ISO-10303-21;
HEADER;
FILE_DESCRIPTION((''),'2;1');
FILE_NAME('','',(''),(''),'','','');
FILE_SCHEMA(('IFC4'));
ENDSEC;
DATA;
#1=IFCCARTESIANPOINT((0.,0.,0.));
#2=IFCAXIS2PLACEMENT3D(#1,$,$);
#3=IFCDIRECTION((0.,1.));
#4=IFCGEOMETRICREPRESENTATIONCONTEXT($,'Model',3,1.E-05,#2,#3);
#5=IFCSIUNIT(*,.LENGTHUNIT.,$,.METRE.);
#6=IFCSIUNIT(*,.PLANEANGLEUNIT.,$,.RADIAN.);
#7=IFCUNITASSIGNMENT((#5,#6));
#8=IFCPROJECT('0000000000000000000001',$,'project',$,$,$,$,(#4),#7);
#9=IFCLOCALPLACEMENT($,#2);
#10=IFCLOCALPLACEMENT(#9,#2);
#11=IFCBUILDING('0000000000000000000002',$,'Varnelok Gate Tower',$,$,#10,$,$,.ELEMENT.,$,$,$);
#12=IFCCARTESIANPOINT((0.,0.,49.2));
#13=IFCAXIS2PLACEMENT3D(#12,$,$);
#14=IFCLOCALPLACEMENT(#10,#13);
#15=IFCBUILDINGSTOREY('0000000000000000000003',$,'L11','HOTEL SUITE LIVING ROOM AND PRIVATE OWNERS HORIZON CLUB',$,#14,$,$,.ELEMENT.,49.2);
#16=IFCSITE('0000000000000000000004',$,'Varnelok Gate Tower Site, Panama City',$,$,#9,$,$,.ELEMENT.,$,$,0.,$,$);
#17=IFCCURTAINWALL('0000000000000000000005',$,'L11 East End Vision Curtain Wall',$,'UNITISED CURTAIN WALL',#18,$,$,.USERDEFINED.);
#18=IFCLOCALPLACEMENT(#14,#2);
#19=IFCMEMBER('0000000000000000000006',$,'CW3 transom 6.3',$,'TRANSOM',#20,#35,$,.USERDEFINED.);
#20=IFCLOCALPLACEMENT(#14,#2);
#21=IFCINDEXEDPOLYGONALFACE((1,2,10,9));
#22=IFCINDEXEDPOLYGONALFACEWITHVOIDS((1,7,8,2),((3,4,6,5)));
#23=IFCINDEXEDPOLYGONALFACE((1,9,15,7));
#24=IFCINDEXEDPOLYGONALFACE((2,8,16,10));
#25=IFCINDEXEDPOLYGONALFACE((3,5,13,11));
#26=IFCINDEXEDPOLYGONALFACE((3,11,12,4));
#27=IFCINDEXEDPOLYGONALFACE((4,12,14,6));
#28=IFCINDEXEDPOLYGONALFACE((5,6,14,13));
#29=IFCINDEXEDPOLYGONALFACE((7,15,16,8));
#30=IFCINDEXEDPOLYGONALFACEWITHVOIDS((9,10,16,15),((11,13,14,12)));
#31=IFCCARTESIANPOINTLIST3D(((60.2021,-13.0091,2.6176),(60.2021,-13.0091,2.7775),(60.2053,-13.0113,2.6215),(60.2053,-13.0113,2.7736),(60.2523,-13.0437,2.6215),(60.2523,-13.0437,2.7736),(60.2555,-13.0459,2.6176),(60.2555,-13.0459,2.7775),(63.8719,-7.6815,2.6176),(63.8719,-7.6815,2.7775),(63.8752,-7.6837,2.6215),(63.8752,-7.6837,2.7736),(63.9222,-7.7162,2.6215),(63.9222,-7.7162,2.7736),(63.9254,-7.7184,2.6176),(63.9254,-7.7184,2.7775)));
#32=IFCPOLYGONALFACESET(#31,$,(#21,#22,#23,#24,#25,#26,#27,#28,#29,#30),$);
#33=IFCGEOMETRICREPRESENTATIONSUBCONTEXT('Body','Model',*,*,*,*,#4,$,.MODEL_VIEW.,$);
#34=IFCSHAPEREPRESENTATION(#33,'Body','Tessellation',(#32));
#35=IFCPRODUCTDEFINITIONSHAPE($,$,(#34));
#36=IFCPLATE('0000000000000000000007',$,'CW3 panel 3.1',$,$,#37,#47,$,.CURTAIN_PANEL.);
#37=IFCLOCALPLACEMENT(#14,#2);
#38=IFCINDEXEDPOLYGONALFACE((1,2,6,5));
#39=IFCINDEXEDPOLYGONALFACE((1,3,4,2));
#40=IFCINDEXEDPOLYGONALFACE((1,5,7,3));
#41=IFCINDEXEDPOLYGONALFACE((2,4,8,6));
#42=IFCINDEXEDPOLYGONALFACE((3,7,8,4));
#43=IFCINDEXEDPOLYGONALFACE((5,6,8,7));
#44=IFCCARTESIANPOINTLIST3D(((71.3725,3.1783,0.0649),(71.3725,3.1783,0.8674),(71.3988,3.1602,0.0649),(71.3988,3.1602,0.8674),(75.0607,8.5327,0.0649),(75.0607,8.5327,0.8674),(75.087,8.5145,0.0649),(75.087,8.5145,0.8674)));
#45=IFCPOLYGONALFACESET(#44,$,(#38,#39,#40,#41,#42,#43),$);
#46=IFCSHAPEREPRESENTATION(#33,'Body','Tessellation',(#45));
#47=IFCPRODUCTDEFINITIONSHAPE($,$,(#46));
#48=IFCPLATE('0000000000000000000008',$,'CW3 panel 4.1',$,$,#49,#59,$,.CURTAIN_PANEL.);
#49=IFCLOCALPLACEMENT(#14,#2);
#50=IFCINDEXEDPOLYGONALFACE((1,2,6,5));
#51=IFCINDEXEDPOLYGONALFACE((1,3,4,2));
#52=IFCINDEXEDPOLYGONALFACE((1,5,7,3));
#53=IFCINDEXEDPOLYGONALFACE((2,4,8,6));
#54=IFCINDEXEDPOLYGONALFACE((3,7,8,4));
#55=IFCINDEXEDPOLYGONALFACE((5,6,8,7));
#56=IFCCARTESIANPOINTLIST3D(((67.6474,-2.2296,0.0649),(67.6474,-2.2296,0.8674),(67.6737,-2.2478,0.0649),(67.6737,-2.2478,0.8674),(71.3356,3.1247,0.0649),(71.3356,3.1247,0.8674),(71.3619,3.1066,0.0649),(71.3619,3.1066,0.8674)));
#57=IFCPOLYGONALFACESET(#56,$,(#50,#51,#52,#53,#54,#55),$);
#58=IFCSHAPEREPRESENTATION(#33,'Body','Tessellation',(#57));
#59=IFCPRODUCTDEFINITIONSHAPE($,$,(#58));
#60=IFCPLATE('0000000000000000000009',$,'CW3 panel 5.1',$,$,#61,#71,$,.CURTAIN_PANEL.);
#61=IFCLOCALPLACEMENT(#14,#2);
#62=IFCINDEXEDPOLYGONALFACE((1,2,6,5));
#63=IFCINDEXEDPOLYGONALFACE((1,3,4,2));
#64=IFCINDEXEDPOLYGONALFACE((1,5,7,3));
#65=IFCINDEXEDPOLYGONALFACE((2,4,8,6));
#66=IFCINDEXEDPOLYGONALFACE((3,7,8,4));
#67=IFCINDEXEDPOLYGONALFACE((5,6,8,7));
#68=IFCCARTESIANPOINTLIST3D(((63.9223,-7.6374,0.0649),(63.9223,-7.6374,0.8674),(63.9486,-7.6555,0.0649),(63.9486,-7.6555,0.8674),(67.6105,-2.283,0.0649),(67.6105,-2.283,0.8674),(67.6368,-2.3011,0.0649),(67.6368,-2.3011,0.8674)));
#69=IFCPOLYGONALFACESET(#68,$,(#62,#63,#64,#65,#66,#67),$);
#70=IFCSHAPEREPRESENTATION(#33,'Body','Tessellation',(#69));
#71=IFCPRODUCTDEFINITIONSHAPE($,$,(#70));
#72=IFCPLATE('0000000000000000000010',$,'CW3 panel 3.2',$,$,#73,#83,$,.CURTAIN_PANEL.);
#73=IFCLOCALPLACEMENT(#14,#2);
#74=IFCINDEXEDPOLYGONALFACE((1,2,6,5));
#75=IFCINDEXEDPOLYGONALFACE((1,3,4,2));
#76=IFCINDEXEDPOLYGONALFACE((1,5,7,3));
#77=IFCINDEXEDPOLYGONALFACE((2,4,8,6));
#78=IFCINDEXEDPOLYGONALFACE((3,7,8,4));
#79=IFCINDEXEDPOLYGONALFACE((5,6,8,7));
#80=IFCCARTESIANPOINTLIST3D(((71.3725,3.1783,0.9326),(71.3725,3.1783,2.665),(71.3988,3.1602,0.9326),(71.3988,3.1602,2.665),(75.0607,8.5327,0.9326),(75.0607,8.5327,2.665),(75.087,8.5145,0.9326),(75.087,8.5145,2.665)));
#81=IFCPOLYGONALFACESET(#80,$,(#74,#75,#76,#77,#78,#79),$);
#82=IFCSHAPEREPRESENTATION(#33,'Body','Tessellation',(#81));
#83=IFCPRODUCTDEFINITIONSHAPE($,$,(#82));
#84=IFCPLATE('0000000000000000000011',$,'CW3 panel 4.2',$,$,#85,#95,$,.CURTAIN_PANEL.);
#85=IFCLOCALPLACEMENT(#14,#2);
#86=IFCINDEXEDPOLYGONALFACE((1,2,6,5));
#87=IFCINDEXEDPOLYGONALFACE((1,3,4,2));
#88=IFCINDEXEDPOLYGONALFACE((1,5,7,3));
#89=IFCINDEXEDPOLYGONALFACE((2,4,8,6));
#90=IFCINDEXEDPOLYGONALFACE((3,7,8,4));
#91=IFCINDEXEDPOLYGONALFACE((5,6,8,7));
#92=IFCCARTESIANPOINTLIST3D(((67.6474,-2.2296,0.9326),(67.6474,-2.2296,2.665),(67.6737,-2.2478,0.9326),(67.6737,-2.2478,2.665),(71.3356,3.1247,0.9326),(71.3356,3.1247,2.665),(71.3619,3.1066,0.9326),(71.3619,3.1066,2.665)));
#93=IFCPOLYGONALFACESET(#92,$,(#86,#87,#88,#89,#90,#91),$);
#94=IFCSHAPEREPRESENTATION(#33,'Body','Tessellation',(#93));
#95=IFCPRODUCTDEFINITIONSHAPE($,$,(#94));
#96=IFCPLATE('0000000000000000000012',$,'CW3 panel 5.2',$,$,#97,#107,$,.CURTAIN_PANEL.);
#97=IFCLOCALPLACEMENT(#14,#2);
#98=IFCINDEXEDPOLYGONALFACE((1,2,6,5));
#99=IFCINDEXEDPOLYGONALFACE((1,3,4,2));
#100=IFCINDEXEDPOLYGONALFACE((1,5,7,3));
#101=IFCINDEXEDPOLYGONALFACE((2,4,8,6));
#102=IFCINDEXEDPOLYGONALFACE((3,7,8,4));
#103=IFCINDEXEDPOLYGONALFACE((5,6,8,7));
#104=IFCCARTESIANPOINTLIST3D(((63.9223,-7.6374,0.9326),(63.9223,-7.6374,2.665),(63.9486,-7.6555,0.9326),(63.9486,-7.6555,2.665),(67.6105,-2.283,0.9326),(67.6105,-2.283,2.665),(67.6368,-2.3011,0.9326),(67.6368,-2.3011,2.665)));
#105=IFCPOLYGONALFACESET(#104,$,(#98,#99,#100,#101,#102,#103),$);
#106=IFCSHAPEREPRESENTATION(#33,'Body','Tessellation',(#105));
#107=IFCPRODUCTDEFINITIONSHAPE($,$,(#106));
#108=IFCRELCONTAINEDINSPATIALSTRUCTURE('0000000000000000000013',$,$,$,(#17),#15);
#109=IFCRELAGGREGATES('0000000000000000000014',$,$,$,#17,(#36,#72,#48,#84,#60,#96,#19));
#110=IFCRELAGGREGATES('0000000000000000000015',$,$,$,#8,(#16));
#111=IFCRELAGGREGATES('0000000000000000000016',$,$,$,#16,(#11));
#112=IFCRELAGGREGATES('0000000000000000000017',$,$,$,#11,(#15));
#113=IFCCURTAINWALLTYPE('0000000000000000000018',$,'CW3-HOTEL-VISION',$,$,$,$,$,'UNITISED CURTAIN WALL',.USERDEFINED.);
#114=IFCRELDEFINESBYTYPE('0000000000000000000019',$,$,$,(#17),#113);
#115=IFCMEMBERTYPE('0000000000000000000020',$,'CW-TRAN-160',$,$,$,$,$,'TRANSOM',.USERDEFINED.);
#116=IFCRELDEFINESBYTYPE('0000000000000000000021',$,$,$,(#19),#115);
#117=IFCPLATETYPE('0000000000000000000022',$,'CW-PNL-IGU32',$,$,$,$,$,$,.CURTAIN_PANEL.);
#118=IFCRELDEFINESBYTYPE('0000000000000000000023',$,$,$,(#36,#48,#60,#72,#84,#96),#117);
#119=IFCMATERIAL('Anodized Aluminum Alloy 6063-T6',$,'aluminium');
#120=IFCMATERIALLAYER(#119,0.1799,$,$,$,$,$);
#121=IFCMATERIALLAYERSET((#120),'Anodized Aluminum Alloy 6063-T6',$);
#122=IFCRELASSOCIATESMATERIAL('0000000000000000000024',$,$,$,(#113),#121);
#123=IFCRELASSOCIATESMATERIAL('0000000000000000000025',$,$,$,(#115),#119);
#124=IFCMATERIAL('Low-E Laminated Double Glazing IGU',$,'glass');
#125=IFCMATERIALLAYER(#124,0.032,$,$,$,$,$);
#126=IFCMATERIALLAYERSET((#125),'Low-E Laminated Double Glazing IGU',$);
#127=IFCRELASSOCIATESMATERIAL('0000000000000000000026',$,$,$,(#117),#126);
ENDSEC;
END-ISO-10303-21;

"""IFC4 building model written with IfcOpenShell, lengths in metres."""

from ifc_helpers import new_model, si_unit, direction, frame, origin, origin_2d, place, context, subcontext, project, spatial, rectangle, hollow_rectangle, extrude, source, transform, mapped, material, layer, layer_set, material_profile, profile_set, type_object, element, aggregate, save


model = new_model("IFC4")

# Units and contexts
model_context = context("Model", 3, precision=1e-05, world=origin(), true_north=direction((0.0, 1.0)))
body_context = subcontext(model_context, "Body", "Model", "MODEL_VIEW")
ifc_project = project(units=[si_unit("LENGTHUNIT", "METRE"), si_unit("PLANEANGLEUNIT", "RADIAN")], contexts=[model_context])

# Site, building, storey
site_placement = place(None, origin())
site = spatial("IfcSite", under=ifc_project, at=site_placement, Name="Varnelok Gate Tower Site, Panama City", CompositionType="ELEMENT", RefElevation=0.0)
building_placement = place(site_placement, origin())
building = spatial("IfcBuilding", under=site, at=building_placement, Name="Varnelok Gate Tower", CompositionType="ELEMENT")
storey_placement = place(building_placement, frame((0.0, 0.0, 49.2)))
storey = spatial("IfcBuildingStorey", under=building, at=storey_placement, Name="L11", Description="HOTEL SUITE LIVING ROOM AND PRIVATE OWNERS HORIZON CLUB", CompositionType="ELEMENT", Elevation=49.2)

# Curtain wall, member, plates
ifc_material_1 = material(Name="Anodized Aluminum Alloy 6063-T6", Category="aluminium")
ifc_layer_1 = layer(ifc_material_1, 0.1799)
ifc_layer_set_1 = layer_set([ifc_layer_1], Name="Anodized Aluminum Alloy 6063-T6")
curtain_wall_type = type_object("IfcCurtainWallType", Name="CW3-HOTEL-VISION", ElementType="UNITISED CURTAIN WALL", PredefinedType="USERDEFINED", material=ifc_layer_set_1)
curtain_wall_placement = place(storey_placement, origin())
curtain_wall = element("IfcCurtainWall", 1, at=curtain_wall_placement, inside=storey, type_object=curtain_wall_type, Name="L11 East End Vision Curtain Wall", ObjectType="UNITISED CURTAIN WALL", PredefinedType="USERDEFINED")
ifc_material_profile_1 = material_profile(ifc_material_1, hollow_rectangle(XDim=0.0649, YDim=0.1599, WallThickness=0.0039, at=origin_2d()), Name="ALU160X65X4")
ifc_profile_set_1 = profile_set([ifc_material_profile_1], Name="Anodized Aluminum Alloy 6063-T6")
member_type_1 = type_object("IfcMemberType", Name="CW-TRAN-160", ElementType="TRANSOM", PredefinedType="USERDEFINED", material=ifc_profile_set_1)
member_1_placement = place(storey_placement, frame((63.8987, -7.7, 2.6975), z_axis=(-0.567281, -0.823524, 0.0), x_axis=(0.823524, -0.567281, 0.0)))
member_1 = element("IfcMember", 2, at=member_1_placement, type_object=member_type_1, Name="CW3 transom 6.3", ObjectType="TRANSOM", PredefinedType="USERDEFINED", context=body_context, shape_type="SweptSolid", body=[
    extrude(hollow_rectangle(XDim=0.0649, YDim=0.1599, WallThickness=0.0039, at=origin_2d()), origin(), (0.0, 0.0, 1.0), 6.4692),
])
ifc_material_2 = material(Name="Low-E Laminated Double Glazing IGU", Category="glass")
ifc_layer_2 = layer(ifc_material_2, 0.032)
ifc_layer_set_2 = layer_set([ifc_layer_2], Name="Low-E Laminated Double Glazing IGU")
plate_type = type_object("IfcPlateType", Name="CW-PNL-IGU32", PredefinedType="CURTAIN_PANEL", material=ifc_layer_set_2)
shared_shape_1 = source(origin(), body_context, "Body", "SweptSolid", [
    extrude(rectangle(XDim=6.5017, YDim=0.032, at=origin_2d()), origin(), (0.0, 0.0, 1.0), 0.8025),
])
plate_1_placement = place(storey_placement, frame((73.2297, 5.8464, 0.0649), z_axis=(0.0, 0.0, 1.0), x_axis=(-0.567269, -0.823533, 0.0)))
plate_1 = element("IfcPlate", 3, at=plate_1_placement, type_object=plate_type, Name="CW3 panel 3.1", PredefinedType="CURTAIN_PANEL", context=body_context, shape_type="MappedRepresentation", body=[
    mapped(shared_shape_1, transform((0.0, 0.0, 0.0), scale=1.0)),
])
plate_2_placement = place(storey_placement, frame((69.5046, 0.4385, 0.0649), z_axis=(0.0, 0.0, 1.0), x_axis=(-0.567269, -0.823533, 0.0)))
plate_2 = element("IfcPlate", 4, at=plate_2_placement, type_object=plate_type, Name="CW3 panel 4.1", PredefinedType="CURTAIN_PANEL", context=body_context, shape_type="MappedRepresentation", body=[
    mapped(shared_shape_1, transform((0.0, 0.0, 0.0), scale=1.0)),
])
plate_3_placement = place(storey_placement, frame((65.7795, -4.9692, 0.0649), z_axis=(0.0, 0.0, 1.0), x_axis=(-0.567269, -0.823533, 0.0)))
plate_3 = element("IfcPlate", 5, at=plate_3_placement, type_object=plate_type, Name="CW3 panel 5.1", PredefinedType="CURTAIN_PANEL", context=body_context, shape_type="MappedRepresentation", body=[
    mapped(shared_shape_1, transform((0.0, 0.0, 0.0), scale=1.0)),
])
shared_shape_2 = source(origin(), body_context, "Body", "SweptSolid", [
    extrude(rectangle(XDim=6.5017, YDim=0.032, at=origin_2d()), origin(), (0.0, 0.0, 1.0), 1.7324),
])
plate_4_placement = place(storey_placement, frame((73.2297, 5.8464, 0.9326), z_axis=(0.0, 0.0, 1.0), x_axis=(-0.567269, -0.823533, 0.0)))
plate_4 = element("IfcPlate", 6, at=plate_4_placement, type_object=plate_type, Name="CW3 panel 3.2", PredefinedType="CURTAIN_PANEL", context=body_context, shape_type="MappedRepresentation", body=[
    mapped(shared_shape_2, transform((0.0, 0.0, 0.0), scale=1.0)),
])
plate_5_placement = place(storey_placement, frame((69.5046, 0.4385, 0.9326), z_axis=(0.0, 0.0, 1.0), x_axis=(-0.567269, -0.823533, 0.0)))
plate_5 = element("IfcPlate", 7, at=plate_5_placement, type_object=plate_type, Name="CW3 panel 4.2", PredefinedType="CURTAIN_PANEL", context=body_context, shape_type="MappedRepresentation", body=[
    mapped(shared_shape_2, transform((0.0, 0.0, 0.0), scale=1.0)),
])
plate_6_placement = place(storey_placement, frame((65.7795, -4.9692, 0.9326), z_axis=(0.0, 0.0, 1.0), x_axis=(-0.567269, -0.823533, 0.0)))
plate_6 = element("IfcPlate", 8, at=plate_6_placement, type_object=plate_type, Name="CW3 panel 5.2", PredefinedType="CURTAIN_PANEL", context=body_context, shape_type="MappedRepresentation", body=[
    mapped(shared_shape_2, transform((0.0, 0.0, 0.0), scale=1.0)),
])
aggregate(curtain_wall, [plate_1, plate_4, plate_2, plate_5, plate_3, plate_6, member_1])

save(model, "model.ifc")
